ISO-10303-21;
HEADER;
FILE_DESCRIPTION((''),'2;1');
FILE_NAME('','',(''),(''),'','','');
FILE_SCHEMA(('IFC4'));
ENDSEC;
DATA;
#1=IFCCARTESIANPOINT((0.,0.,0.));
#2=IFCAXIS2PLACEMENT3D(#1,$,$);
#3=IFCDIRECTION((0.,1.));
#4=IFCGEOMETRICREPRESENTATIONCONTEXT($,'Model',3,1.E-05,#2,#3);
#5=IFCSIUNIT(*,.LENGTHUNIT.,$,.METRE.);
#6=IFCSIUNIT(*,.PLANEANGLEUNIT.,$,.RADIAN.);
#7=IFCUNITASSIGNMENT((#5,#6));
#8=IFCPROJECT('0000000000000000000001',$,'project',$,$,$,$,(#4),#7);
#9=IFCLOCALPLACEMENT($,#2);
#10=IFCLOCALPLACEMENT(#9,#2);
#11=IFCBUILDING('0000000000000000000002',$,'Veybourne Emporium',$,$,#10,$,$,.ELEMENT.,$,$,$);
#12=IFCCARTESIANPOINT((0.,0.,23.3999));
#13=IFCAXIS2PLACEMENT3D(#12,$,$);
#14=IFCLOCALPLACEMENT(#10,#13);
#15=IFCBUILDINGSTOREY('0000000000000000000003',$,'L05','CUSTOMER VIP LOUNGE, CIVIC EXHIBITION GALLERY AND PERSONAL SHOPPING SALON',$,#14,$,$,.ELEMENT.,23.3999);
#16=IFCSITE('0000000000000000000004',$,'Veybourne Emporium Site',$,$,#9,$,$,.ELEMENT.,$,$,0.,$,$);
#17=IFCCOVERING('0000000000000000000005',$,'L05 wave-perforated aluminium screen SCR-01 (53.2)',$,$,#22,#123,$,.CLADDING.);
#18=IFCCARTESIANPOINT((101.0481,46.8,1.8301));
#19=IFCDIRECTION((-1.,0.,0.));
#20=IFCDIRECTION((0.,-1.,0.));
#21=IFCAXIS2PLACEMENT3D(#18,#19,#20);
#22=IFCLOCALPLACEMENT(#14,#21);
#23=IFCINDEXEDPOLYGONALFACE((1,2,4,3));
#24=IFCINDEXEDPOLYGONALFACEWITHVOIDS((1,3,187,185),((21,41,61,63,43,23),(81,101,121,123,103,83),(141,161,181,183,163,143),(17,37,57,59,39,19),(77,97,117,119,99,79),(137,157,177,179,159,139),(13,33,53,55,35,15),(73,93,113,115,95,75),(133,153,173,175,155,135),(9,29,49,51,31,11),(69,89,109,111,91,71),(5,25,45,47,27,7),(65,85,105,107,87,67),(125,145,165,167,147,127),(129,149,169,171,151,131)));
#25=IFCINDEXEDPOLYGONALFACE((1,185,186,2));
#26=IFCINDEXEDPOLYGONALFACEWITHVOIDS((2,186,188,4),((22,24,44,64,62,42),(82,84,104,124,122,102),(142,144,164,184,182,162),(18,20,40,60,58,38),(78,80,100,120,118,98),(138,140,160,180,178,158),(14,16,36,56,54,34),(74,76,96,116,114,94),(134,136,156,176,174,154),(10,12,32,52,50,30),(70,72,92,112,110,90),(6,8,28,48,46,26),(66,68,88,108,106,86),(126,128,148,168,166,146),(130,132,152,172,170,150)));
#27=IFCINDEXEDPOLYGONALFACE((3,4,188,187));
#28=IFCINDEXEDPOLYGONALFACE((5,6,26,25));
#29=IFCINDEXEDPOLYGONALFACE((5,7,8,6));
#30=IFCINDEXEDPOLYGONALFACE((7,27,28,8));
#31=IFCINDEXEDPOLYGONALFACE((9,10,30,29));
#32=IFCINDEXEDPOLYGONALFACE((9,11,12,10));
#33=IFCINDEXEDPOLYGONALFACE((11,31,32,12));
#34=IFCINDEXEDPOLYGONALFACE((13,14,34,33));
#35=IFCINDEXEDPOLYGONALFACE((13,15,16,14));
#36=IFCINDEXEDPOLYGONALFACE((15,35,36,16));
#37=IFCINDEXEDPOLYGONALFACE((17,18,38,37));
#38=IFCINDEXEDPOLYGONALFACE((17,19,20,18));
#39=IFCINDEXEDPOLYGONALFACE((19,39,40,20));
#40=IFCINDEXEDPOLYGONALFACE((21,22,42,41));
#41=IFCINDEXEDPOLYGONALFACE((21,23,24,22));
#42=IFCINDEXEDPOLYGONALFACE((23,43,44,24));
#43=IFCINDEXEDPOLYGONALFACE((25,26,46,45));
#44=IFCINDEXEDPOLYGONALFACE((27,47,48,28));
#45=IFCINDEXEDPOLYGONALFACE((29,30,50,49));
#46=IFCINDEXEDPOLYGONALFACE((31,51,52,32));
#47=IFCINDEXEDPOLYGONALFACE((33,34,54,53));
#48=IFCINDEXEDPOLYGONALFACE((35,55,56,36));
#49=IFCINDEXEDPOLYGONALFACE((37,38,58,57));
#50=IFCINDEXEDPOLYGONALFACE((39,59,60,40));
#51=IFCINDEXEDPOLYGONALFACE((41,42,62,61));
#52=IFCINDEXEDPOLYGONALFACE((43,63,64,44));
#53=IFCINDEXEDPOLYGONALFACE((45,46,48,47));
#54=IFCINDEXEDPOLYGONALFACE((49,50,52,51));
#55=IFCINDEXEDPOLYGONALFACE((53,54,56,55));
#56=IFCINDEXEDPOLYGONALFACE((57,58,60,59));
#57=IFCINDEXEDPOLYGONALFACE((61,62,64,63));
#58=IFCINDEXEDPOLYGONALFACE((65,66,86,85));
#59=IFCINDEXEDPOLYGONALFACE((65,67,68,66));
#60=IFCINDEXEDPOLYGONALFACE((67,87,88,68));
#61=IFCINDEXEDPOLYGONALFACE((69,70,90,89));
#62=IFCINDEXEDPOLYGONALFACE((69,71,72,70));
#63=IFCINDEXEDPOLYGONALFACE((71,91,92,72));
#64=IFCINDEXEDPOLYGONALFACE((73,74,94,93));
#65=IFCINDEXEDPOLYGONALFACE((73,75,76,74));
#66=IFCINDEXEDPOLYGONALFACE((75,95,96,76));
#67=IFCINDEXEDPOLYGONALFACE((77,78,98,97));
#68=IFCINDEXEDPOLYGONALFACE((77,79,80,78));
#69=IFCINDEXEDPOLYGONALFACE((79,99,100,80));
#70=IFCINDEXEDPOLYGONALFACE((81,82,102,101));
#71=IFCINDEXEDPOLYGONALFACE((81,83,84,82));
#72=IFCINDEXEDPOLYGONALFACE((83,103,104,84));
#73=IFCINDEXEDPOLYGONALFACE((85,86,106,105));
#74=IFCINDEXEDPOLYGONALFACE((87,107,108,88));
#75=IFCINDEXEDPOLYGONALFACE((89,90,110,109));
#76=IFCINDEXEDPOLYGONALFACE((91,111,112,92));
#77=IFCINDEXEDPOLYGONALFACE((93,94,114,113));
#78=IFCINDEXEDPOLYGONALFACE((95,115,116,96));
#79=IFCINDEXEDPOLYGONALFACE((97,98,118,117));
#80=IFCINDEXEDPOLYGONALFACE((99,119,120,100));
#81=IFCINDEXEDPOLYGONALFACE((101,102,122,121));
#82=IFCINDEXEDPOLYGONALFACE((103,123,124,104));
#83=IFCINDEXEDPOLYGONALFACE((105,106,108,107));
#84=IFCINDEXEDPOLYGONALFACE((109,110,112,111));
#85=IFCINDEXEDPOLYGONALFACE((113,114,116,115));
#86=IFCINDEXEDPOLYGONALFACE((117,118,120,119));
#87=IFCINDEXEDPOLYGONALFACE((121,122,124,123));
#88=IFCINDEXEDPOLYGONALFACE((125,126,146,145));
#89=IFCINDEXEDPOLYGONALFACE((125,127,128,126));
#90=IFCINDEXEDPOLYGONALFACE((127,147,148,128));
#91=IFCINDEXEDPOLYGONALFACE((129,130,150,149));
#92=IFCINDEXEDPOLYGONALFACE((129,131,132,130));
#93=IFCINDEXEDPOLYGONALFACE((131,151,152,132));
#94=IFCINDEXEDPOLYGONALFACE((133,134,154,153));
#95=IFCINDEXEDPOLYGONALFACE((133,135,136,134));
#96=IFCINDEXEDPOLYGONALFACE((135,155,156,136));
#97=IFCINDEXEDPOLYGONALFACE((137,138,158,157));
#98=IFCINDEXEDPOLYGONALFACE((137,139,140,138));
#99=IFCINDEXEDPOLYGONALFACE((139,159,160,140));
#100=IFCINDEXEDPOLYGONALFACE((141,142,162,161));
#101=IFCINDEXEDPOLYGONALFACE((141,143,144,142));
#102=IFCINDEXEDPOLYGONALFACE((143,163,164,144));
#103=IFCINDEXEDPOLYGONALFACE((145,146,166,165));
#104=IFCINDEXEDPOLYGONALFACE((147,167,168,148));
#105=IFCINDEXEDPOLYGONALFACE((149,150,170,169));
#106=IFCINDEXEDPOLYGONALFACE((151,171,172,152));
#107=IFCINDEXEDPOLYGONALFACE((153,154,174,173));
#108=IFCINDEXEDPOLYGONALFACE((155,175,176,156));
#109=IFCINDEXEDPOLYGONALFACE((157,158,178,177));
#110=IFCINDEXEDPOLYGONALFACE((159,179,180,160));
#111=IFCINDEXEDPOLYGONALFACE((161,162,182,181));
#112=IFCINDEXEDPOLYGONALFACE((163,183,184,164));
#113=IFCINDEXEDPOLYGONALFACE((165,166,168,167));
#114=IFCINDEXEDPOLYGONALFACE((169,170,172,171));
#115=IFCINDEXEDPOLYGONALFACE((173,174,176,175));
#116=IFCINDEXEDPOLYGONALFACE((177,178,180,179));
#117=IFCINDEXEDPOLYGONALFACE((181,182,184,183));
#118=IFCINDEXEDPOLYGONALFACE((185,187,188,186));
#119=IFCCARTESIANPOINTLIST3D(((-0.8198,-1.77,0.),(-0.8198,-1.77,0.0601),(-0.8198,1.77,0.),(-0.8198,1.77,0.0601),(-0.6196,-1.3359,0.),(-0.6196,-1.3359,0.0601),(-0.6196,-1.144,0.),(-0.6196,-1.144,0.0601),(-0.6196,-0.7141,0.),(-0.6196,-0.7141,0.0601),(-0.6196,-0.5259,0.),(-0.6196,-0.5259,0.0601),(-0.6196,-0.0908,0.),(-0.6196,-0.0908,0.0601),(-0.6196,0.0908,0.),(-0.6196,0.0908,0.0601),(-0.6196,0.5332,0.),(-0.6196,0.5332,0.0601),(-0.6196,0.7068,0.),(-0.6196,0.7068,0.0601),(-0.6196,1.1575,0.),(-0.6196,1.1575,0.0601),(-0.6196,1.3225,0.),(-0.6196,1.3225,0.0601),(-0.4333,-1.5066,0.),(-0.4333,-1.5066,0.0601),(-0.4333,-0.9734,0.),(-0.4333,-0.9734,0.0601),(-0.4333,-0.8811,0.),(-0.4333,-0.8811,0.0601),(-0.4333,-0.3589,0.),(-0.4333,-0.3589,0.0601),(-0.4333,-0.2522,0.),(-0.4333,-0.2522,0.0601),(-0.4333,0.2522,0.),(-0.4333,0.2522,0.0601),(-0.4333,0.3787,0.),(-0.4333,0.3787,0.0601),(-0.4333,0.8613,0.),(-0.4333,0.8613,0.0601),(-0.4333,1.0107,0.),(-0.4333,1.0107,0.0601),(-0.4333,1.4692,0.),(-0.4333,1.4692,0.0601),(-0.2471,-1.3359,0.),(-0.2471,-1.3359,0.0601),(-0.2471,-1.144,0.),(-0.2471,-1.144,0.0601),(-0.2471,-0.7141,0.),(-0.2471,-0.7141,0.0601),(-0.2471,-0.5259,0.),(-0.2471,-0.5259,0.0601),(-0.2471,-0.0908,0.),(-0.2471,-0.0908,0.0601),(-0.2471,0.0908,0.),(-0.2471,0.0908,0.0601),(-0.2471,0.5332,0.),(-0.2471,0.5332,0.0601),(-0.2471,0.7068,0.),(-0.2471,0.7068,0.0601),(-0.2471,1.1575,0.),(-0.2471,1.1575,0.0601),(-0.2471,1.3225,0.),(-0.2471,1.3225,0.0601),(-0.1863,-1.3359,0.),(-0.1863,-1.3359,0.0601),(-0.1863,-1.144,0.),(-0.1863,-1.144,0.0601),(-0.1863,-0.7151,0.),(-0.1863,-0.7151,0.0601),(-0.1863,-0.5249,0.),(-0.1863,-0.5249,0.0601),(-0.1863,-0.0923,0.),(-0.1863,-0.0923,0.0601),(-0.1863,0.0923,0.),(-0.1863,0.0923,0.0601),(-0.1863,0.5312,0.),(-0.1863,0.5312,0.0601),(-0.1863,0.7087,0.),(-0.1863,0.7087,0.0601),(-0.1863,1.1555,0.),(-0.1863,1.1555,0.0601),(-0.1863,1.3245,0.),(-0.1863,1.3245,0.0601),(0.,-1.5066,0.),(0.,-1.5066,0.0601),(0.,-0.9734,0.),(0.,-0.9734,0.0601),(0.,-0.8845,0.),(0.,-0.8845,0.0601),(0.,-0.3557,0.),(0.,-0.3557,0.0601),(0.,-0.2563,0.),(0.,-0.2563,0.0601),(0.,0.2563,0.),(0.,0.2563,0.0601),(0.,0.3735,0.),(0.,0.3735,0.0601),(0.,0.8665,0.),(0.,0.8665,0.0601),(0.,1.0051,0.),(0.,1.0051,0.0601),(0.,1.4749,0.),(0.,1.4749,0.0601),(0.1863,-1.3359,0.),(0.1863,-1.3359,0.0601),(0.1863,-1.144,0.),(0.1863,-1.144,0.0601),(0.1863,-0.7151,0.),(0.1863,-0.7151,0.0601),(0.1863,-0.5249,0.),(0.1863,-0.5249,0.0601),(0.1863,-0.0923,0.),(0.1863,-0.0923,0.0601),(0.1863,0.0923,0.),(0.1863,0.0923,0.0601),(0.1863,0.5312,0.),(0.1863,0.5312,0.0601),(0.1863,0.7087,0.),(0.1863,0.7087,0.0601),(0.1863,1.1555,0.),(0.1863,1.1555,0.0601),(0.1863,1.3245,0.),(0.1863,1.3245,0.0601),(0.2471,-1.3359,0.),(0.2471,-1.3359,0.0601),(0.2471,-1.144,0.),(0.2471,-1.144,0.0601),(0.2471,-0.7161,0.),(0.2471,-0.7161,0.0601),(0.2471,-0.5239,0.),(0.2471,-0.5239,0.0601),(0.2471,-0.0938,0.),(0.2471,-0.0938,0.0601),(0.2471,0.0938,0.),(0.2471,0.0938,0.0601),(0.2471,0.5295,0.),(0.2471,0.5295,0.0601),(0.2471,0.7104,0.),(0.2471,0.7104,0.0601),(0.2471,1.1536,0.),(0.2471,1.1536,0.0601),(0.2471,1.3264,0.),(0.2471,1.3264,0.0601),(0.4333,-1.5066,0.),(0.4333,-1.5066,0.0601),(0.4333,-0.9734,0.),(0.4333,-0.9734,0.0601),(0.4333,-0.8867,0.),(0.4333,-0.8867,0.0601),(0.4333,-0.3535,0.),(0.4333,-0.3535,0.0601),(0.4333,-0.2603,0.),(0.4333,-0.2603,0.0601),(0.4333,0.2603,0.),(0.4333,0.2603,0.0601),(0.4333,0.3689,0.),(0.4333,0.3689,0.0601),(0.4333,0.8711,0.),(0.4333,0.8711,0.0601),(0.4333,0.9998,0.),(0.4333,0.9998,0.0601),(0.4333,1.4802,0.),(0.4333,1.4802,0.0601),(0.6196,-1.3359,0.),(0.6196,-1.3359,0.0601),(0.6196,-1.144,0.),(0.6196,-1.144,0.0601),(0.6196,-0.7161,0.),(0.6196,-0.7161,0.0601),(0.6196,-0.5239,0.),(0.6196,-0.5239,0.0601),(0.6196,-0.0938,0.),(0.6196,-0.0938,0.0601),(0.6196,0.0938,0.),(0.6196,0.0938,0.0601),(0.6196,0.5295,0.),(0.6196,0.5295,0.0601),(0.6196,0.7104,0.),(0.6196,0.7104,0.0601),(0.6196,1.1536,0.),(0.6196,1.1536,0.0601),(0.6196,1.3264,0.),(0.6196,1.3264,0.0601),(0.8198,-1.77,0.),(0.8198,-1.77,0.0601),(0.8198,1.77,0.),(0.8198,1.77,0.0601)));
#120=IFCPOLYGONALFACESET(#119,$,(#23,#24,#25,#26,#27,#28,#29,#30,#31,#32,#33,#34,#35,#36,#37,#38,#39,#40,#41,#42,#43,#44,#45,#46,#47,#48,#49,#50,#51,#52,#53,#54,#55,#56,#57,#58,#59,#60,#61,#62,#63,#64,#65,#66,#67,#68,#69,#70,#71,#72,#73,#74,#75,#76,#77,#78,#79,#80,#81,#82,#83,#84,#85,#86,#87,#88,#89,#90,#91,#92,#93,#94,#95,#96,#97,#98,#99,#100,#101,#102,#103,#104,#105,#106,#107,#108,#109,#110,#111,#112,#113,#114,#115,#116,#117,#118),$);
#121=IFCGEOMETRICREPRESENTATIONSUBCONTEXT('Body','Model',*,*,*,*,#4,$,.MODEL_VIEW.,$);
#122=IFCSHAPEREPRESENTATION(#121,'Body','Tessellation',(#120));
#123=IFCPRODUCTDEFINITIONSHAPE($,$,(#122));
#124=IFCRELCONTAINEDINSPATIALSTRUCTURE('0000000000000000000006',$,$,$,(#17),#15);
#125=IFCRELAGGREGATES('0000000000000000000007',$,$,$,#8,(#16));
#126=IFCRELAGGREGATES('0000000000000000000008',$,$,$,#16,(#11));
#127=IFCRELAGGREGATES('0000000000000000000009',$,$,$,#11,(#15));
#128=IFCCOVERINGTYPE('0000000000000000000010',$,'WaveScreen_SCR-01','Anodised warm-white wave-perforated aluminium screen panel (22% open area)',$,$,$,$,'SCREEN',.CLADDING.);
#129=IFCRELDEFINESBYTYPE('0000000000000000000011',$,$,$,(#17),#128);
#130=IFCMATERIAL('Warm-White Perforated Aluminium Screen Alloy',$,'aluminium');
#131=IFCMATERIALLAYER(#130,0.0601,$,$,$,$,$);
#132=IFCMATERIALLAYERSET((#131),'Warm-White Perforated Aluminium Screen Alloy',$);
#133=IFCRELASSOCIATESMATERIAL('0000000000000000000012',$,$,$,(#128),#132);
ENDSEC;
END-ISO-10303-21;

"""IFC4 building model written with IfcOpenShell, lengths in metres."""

from ifc_helpers import new_model, si_unit, direction, frame, origin, place, context, subcontext, project, spatial, polyline, outline, extrude, material, layer, layer_set, type_object, element, save


model = new_model("IFC4")

# Units and contexts
model_context = context("Model", 3, precision=1e-05, world=origin(), true_north=direction((0.0, 1.0)))
body_context = subcontext(model_context, "Body", "Model", "MODEL_VIEW")
ifc_project = project(units=[si_unit("LENGTHUNIT", "METRE"), si_unit("PLANEANGLEUNIT", "RADIAN")], contexts=[model_context])

# Site, building, storey
site_placement = place(None, origin())
site = spatial("IfcSite", under=ifc_project, at=site_placement, Name="Veybourne Emporium Site", CompositionType="ELEMENT", RefElevation=0.0)
building_placement = place(site_placement, origin())
building = spatial("IfcBuilding", under=site, at=building_placement, Name="Veybourne Emporium", CompositionType="ELEMENT")
storey_placement = place(building_placement, frame((0.0, 0.0, 23.3999)))
storey = spatial("IfcBuildingStorey", under=building, at=storey_placement, Name="L05", Description="CUSTOMER VIP LOUNGE, CIVIC EXHIBITION GALLERY AND PERSONAL SHOPPING SALON", CompositionType="ELEMENT", Elevation=23.3999)

# Covering
ifc_material_1 = material(Name="Warm-White Perforated Aluminium Screen Alloy", Category="aluminium")
ifc_layer_1 = layer(ifc_material_1, 0.0601)
ifc_layer_set_1 = layer_set([ifc_layer_1], Name="Warm-White Perforated Aluminium Screen Alloy")
covering_type_1 = type_object("IfcCoveringType", Name="WaveScreen_SCR-01", Description="Anodised warm-white wave-perforated aluminium screen panel (22% open area)", ElementType="SCREEN", PredefinedType="CLADDING", material=ifc_layer_set_1)
covering_1_placement = place(storey_placement, frame((101.0481, 46.8, 1.8301), z_axis=(-1.0, 0.0, 0.0), x_axis=(0.0, -1.0, 0.0)))
element("IfcCovering", 1, at=covering_1_placement, inside=storey, type_object=covering_type_1, Name="L05 wave-perforated aluminium screen SCR-01 (53.2)", PredefinedType="CLADDING", context=body_context, shape_type="SweptSolid", body=[
    extrude(outline(polyline([(-0.8198, -1.77), (0.8198, -1.77), (0.8198, 1.77), (-0.8198, 1.77), (-0.8198, -1.77)]), holes=[polyline([(-0.4333, -0.9734), (-0.2471, -1.144), (-0.2471, -1.3359), (-0.4333, -1.5066), (-0.6196, -1.3359), (-0.6196, -1.144), (-0.4333, -0.9734)]), polyline([(-0.4333, -0.3589), (-0.2471, -0.5259), (-0.2471, -0.7141), (-0.4333, -0.8811), (-0.6196, -0.7141), (-0.6196, -0.5259), (-0.4333, -0.3589)]), polyline([(-0.4333, 0.2522), (-0.2471, 0.0908), (-0.2471, -0.0908), (-0.4333, -0.2522), (-0.6196, -0.0908), (-0.6196, 0.0908), (-0.4333, 0.2522)]), polyline([(-0.4333, 0.8613), (-0.2471, 0.7068), (-0.2471, 0.5332), (-0.4333, 0.3787), (-0.6196, 0.5332), (-0.6196, 0.7068), (-0.4333, 0.8613)]), polyline([(-0.4333, 1.4692), (-0.2471, 1.3225), (-0.2471, 1.1575), (-0.4333, 1.0107), (-0.6196, 1.1575), (-0.6196, 1.3225), (-0.4333, 1.4692)]), polyline([(0.0, -0.9734), (0.1863, -1.144), (0.1863, -1.3359), (0.0, -1.5066), (-0.1863, -1.3359), (-0.1863, -1.144), (0.0, -0.9734)]), polyline([(0.0, -0.3557), (0.1863, -0.5249), (0.1863, -0.7151), (0.0, -0.8845), (-0.1863, -0.7151), (-0.1863, -0.5249), (0.0, -0.3557)]), polyline([(0.0, 0.2563), (0.1863, 0.0923), (0.1863, -0.0923), (0.0, -0.2563), (-0.1863, -0.0923), (-0.1863, 0.0923), (0.0, 0.2563)]), polyline([(0.0, 0.8665), (0.1863, 0.7087), (0.1863, 0.5312), (0.0, 0.3735), (-0.1863, 0.5312), (-0.1863, 0.7087), (0.0, 0.8665)]), polyline([(0.0, 1.4749), (0.1863, 1.3245), (0.1863, 1.1555), (0.0, 1.0051), (-0.1863, 1.1555), (-0.1863, 1.3245), (0.0, 1.4749)]), polyline([(0.4333, -0.9734), (0.6196, -1.144), (0.6196, -1.3359), (0.4333, -1.5066), (0.2471, -1.3359), (0.2471, -1.144), (0.4333, -0.9734)]), polyline([(0.4333, -0.3535), (0.6196, -0.5239), (0.6196, -0.7161), (0.4333, -0.8867), (0.2471, -0.7161), (0.2471, -0.5239), (0.4333, -0.3535)]), polyline([(0.4333, 0.2603), (0.6196, 0.0938), (0.6196, -0.0938), (0.4333, -0.2603), (0.2471, -0.0938), (0.2471, 0.0938), (0.4333, 0.2603)]), polyline([(0.4333, 0.8711), (0.6196, 0.7104), (0.6196, 0.5295), (0.4333, 0.3689), (0.2471, 0.5295), (0.2471, 0.7104), (0.4333, 0.8711)]), polyline([(0.4333, 1.4802), (0.6196, 1.3264), (0.6196, 1.1536), (0.4333, 0.9998), (0.2471, 1.1536), (0.2471, 1.3264), (0.4333, 1.4802)])]), origin(), (0.0, 0.0, 1.0), 0.0601),
])

save(model, "model.ifc")
